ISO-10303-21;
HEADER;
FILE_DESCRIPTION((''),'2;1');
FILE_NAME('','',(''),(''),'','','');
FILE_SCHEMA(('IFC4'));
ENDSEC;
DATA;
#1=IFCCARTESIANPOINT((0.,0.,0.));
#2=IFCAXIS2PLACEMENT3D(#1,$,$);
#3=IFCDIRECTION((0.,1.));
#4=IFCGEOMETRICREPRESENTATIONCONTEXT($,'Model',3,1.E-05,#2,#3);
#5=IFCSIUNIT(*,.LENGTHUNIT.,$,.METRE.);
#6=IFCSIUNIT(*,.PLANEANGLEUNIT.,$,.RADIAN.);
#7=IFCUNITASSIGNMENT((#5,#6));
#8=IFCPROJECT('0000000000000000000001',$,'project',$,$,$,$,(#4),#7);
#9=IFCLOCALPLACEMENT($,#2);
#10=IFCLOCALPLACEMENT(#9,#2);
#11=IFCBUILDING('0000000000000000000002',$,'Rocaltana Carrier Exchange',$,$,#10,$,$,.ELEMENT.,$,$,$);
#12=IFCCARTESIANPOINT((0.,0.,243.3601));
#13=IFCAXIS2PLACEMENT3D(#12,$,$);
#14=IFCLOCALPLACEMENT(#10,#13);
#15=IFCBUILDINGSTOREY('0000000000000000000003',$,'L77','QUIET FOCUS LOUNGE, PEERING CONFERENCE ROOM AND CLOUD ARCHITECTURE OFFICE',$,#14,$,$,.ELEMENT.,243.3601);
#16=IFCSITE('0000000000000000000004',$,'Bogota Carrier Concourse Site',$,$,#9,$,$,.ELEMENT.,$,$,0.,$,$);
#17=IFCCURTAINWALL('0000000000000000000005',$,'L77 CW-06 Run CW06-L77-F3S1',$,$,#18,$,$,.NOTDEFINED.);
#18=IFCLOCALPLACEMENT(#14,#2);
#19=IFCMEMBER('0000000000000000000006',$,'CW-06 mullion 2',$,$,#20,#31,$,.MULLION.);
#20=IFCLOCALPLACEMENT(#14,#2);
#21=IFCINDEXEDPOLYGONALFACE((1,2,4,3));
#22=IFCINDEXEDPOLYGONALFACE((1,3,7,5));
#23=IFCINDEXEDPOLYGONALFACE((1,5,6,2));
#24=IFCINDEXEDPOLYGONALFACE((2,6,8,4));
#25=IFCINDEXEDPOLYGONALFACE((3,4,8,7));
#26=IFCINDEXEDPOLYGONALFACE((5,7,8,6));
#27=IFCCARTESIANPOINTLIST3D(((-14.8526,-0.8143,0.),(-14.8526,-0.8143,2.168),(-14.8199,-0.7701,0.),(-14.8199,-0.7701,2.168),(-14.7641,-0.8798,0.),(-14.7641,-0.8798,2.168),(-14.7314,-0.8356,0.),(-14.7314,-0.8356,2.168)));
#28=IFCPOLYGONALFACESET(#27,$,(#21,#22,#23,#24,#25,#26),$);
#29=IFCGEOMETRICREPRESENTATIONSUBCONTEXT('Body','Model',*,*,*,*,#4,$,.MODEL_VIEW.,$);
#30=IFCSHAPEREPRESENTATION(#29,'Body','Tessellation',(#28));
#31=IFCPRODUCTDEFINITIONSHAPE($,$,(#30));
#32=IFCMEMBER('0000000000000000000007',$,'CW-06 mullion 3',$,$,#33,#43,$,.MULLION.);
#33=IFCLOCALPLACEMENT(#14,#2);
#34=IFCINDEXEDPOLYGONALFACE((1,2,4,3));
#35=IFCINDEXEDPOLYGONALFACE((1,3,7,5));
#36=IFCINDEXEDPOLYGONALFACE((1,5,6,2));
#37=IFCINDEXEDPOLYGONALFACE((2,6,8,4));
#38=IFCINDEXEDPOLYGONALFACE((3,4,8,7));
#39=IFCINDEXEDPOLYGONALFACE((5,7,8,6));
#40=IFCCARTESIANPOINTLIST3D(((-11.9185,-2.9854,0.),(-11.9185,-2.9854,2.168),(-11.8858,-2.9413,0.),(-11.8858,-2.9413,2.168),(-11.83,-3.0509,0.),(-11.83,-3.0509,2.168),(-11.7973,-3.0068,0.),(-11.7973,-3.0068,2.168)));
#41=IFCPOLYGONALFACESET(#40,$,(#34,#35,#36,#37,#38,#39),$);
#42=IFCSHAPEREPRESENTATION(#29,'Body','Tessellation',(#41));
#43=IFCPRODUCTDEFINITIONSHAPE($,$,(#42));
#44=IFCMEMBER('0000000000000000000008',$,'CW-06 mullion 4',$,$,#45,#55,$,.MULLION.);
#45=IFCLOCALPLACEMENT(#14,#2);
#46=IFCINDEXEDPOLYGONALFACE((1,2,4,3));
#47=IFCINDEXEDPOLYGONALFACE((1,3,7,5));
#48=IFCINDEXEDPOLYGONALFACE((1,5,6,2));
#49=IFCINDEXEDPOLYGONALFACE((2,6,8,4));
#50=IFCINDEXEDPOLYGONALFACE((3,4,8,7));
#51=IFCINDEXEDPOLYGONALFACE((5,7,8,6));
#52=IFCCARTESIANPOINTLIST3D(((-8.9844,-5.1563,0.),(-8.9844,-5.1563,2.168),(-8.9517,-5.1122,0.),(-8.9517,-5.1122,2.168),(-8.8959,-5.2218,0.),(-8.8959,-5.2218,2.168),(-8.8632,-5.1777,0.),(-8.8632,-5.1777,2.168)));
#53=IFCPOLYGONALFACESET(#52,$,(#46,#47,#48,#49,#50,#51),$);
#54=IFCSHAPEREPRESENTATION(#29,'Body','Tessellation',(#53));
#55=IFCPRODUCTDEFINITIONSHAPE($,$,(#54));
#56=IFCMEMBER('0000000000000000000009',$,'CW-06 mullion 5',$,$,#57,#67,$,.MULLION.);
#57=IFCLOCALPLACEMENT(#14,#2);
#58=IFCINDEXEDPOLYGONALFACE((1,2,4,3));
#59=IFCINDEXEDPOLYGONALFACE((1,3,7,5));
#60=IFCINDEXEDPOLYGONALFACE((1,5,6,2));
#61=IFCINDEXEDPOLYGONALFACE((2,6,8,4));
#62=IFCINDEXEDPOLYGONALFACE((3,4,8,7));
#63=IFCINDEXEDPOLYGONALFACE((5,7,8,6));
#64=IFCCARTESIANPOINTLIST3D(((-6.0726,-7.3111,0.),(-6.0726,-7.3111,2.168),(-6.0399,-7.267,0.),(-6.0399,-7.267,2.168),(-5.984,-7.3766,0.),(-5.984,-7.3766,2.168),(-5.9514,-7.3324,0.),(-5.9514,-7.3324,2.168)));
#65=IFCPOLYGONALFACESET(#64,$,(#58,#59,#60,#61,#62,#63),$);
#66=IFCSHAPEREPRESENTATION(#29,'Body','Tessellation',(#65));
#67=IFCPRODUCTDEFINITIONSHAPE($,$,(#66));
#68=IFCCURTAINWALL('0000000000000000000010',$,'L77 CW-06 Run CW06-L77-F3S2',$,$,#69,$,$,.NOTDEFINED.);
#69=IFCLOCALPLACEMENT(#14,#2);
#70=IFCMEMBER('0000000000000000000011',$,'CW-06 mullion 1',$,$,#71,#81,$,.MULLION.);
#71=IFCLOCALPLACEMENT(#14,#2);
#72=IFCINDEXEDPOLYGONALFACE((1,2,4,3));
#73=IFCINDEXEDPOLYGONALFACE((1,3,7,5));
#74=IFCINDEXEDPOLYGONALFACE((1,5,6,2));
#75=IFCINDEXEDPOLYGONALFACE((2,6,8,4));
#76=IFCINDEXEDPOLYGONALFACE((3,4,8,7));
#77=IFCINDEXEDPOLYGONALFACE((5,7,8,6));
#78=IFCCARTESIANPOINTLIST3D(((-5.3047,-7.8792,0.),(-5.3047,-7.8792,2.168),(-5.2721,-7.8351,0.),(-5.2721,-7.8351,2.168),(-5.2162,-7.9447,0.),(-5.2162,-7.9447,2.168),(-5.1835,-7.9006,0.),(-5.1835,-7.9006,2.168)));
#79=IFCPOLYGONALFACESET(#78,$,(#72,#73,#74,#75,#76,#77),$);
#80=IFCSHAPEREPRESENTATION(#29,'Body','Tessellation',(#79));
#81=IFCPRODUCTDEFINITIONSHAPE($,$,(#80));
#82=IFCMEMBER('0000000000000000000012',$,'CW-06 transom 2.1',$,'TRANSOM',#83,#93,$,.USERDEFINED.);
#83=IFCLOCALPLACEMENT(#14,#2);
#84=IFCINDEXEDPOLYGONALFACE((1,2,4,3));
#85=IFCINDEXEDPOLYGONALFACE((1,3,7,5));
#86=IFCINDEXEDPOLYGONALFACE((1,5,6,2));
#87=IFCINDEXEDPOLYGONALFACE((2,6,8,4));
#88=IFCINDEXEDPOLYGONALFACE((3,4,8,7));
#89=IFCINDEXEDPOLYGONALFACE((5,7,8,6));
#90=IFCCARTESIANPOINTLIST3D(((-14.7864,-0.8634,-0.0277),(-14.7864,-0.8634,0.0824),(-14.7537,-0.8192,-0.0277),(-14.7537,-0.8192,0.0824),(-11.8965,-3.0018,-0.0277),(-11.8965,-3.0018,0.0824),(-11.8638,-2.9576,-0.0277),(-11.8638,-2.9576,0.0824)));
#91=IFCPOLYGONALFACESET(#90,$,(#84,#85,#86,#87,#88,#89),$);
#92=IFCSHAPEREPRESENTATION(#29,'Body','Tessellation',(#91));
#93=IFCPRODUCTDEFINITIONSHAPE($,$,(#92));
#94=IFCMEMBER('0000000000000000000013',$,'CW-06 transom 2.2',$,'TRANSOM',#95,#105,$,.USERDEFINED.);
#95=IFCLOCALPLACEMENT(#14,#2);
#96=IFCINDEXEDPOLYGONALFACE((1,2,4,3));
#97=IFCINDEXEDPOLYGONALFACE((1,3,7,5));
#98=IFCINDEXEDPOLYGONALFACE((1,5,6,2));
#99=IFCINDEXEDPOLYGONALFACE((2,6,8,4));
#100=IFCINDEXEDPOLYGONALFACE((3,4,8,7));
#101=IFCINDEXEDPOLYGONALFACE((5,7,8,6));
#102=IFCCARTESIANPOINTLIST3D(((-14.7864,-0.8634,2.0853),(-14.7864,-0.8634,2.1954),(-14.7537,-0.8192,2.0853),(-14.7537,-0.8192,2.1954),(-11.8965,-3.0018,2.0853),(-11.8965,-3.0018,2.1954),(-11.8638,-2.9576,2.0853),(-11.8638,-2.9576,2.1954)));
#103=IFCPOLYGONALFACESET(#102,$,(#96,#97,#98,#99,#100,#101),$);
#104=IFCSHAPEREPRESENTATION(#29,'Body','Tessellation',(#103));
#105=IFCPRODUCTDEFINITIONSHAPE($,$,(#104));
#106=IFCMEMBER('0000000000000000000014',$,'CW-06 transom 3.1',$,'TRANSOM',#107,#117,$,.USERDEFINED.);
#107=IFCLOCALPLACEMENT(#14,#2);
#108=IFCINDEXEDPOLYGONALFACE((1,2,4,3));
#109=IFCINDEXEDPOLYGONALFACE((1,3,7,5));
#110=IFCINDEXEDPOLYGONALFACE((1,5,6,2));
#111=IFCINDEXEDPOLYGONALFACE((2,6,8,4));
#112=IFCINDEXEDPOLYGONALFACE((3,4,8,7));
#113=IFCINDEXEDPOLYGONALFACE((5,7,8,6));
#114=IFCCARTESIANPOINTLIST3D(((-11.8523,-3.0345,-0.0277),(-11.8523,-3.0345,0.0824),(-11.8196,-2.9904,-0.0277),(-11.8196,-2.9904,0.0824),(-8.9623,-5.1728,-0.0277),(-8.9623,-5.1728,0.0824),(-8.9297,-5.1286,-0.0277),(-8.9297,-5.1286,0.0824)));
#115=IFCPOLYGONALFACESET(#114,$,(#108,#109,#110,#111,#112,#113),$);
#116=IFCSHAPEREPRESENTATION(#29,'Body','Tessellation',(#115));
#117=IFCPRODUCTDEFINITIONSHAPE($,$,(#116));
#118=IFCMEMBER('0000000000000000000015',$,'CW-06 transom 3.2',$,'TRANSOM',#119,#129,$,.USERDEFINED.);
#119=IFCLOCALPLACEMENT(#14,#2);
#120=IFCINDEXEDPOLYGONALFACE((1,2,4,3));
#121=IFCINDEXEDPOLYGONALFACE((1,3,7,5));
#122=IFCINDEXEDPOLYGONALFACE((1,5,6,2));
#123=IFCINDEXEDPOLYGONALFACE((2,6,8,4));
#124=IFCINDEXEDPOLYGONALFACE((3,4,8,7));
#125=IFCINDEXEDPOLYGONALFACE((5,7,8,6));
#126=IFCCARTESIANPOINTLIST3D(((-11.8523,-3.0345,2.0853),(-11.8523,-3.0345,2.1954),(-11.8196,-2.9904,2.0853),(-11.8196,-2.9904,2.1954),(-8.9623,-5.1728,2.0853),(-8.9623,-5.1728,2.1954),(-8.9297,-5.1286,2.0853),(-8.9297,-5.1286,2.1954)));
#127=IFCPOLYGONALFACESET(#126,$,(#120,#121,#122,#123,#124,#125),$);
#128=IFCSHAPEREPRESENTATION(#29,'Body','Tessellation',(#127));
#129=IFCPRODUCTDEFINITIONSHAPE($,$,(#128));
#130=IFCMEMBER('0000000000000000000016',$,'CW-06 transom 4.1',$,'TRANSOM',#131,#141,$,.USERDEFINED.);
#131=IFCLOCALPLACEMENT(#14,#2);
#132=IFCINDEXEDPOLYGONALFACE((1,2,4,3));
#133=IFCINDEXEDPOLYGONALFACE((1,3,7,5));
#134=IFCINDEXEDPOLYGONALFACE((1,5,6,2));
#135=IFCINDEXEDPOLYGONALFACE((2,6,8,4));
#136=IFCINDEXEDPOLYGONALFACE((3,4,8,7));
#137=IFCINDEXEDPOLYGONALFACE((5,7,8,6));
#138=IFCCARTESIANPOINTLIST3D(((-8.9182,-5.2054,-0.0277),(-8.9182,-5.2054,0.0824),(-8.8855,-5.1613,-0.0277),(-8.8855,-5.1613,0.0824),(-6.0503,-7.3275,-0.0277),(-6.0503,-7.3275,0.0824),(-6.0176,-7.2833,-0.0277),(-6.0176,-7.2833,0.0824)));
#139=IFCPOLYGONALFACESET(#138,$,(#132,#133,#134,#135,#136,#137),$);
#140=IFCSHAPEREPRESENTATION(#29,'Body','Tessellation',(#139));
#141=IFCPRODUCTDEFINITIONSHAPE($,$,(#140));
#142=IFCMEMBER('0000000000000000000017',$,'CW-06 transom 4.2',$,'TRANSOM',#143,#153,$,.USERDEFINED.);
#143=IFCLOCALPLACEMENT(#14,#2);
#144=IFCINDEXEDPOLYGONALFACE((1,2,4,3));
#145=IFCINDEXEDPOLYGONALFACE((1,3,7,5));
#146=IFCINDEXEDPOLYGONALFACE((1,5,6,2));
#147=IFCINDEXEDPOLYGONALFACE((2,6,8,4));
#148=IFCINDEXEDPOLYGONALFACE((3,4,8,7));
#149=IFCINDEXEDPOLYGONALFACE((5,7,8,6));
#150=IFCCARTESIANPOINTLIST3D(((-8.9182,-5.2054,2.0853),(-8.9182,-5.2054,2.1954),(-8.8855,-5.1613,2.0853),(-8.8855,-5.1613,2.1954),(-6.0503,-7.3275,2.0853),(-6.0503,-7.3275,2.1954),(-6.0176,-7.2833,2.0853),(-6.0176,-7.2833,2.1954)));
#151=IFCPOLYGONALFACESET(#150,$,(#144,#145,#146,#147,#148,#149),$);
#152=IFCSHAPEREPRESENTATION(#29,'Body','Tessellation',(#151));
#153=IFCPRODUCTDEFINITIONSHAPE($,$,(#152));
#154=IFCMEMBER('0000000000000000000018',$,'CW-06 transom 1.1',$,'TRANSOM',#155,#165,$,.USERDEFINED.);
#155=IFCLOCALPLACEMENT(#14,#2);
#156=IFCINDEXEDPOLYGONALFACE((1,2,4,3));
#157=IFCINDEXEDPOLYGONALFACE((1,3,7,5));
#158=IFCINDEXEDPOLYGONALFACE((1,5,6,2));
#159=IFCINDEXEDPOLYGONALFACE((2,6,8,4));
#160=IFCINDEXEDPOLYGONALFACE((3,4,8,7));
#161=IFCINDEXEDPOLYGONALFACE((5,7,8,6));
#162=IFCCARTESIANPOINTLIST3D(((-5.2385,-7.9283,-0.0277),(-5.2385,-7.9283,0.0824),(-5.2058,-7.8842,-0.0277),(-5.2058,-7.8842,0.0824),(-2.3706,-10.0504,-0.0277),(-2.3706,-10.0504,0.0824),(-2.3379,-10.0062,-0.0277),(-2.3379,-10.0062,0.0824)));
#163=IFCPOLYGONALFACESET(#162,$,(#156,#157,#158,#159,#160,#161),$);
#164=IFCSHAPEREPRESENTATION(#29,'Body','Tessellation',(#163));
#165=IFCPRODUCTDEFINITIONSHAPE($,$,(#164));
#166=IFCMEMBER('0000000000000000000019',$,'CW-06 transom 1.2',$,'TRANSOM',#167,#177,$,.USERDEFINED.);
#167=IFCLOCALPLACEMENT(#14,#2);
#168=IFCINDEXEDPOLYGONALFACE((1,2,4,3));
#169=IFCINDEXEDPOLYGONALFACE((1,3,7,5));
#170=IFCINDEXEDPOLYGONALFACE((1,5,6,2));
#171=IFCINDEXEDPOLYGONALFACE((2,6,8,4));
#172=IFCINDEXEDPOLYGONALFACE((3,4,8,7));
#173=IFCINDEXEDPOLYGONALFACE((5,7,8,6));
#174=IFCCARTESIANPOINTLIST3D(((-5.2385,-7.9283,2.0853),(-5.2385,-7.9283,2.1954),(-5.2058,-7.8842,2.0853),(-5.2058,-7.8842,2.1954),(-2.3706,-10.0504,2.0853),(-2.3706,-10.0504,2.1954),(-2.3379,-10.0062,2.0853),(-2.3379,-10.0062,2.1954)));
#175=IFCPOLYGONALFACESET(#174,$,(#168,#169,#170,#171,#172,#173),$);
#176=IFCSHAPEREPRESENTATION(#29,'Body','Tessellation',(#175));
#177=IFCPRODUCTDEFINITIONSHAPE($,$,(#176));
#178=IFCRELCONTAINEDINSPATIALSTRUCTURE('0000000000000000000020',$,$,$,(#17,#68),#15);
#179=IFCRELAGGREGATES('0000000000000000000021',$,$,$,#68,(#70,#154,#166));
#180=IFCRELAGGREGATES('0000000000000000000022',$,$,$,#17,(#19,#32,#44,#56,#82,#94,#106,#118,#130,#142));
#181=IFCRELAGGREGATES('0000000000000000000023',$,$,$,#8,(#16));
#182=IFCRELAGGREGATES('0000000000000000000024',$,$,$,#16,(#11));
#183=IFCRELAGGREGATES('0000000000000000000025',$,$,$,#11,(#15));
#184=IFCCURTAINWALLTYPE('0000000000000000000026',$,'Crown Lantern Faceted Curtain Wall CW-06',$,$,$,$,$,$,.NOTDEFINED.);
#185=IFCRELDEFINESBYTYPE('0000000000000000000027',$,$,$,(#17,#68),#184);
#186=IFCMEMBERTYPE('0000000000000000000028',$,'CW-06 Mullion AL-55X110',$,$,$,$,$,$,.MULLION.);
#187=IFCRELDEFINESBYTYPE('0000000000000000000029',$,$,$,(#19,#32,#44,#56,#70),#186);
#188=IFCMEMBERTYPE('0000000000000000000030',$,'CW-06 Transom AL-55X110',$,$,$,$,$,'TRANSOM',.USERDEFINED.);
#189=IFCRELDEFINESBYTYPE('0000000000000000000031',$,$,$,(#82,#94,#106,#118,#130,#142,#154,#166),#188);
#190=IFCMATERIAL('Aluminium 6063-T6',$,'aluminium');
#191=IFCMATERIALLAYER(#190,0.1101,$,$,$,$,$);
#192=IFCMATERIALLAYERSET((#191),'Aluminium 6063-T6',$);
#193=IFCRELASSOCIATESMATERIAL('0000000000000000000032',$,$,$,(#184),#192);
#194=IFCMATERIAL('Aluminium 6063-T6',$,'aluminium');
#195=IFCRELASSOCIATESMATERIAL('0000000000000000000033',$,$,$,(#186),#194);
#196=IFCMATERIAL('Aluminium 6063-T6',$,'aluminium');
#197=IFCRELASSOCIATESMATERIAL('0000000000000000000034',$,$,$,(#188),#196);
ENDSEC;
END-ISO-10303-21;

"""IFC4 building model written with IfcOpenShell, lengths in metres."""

from ifc_helpers import new_model, si_unit, direction, frame, origin, origin_2d, place, context, subcontext, project, spatial, rectangle, extrude, material, layer, layer_set, material_profile, profile_set, type_object, element, aggregate, save


model = new_model("IFC4")

# Units and contexts
model_context = context("Model", 3, precision=1e-05, world=origin(), true_north=direction((0.0, 1.0)))
body_context = subcontext(model_context, "Body", "Model", "MODEL_VIEW")
ifc_project = project(units=[si_unit("LENGTHUNIT", "METRE"), si_unit("PLANEANGLEUNIT", "RADIAN")], contexts=[model_context])

# Site, building, storey
site_placement = place(None, origin())
site = spatial("IfcSite", under=ifc_project, at=site_placement, Name="Bogota Carrier Concourse Site", CompositionType="ELEMENT", RefElevation=0.0)
building_placement = place(site_placement, origin())
building = spatial("IfcBuilding", under=site, at=building_placement, Name="Rocaltana Carrier Exchange", CompositionType="ELEMENT")
storey_placement = place(building_placement, frame((0.0, 0.0, 243.3601)))
storey = spatial("IfcBuildingStorey", under=building, at=storey_placement, Name="L77", Description="QUIET FOCUS LOUNGE, PEERING CONFERENCE ROOM AND CLOUD ARCHITECTURE OFFICE", CompositionType="ELEMENT", Elevation=243.3601)

# Curtain wall, members
ifc_material_1 = material(Name="Aluminium 6063-T6", Category="aluminium")
ifc_layer_1 = layer(ifc_material_1, 0.1101)
ifc_layer_set_1 = layer_set([ifc_layer_1], Name="Aluminium 6063-T6")
curtain_wall_type = type_object("IfcCurtainWallType", Name="Crown Lantern Faceted Curtain Wall CW-06", PredefinedType="NOTDEFINED", material=ifc_layer_set_1)
curtain_wall_1_placement = place(storey_placement, origin())
curtain_wall_1 = element("IfcCurtainWall", 1, at=curtain_wall_1_placement, inside=storey, type_object=curtain_wall_type, Name="L77 CW-06 Run CW06-L77-F3S1", PredefinedType="NOTDEFINED")
ifc_material_2 = material(Name="Aluminium 6063-T6", Category="aluminium")
ifc_material_profile_1 = material_profile(ifc_material_2, rectangle(XDim=0.0549, YDim=0.1101, at=origin_2d()), Name="AL-55X110")
ifc_profile_set_1 = profile_set([ifc_material_profile_1], Name="Aluminium 6063-T6")
member_type_1 = type_object("IfcMemberType", Name="CW-06 Mullion AL-55X110", PredefinedType="MULLION", material=ifc_profile_set_1)
member_1_placement = place(storey_placement, frame((-14.792, -0.825, 0.0), z_axis=(0.0, 0.0, 1.0), x_axis=(0.594823, 0.803857, 0.0)))
member_1 = element("IfcMember", 2, at=member_1_placement, type_object=member_type_1, Name="CW-06 mullion 2", PredefinedType="MULLION", context=body_context, shape_type="SweptSolid", body=[
    extrude(rectangle(XDim=0.0549, YDim=0.1101, at=origin_2d()), origin(), (0.0, 0.0, 1.0), 2.168),
])
member_2_placement = place(storey_placement, frame((-11.8579, -2.9961, 0.0), z_axis=(0.0, 0.0, 1.0), x_axis=(0.594823, 0.803857, 0.0)))
member_2 = element("IfcMember", 3, at=member_2_placement, type_object=member_type_1, Name="CW-06 mullion 3", PredefinedType="MULLION", context=body_context, shape_type="SweptSolid", body=[
    extrude(rectangle(XDim=0.0549, YDim=0.1101, at=origin_2d()), origin(), (0.0, 0.0, 1.0), 2.168),
])
member_3_placement = place(storey_placement, frame((-8.9238, -5.167, 0.0), z_axis=(0.0, 0.0, 1.0), x_axis=(0.594823, 0.803857, 0.0)))
member_3 = element("IfcMember", 4, at=member_3_placement, type_object=member_type_1, Name="CW-06 mullion 4", PredefinedType="MULLION", context=body_context, shape_type="SweptSolid", body=[
    extrude(rectangle(XDim=0.0549, YDim=0.1101, at=origin_2d()), origin(), (0.0, 0.0, 1.0), 2.168),
])
member_4_placement = place(storey_placement, frame((-6.012, -7.3218, 0.0), z_axis=(0.0, 0.0, 1.0), x_axis=(0.594823, 0.803857, 0.0)))
member_4 = element("IfcMember", 5, at=member_4_placement, type_object=member_type_1, Name="CW-06 mullion 5", PredefinedType="MULLION", context=body_context, shape_type="SweptSolid", body=[
    extrude(rectangle(XDim=0.0549, YDim=0.1101, at=origin_2d()), origin(), (0.0, 0.0, 1.0), 2.168),
])

# Curtain wall, member
curtain_wall_2_placement = place(storey_placement, origin())
curtain_wall_2 = element("IfcCurtainWall", 6, at=curtain_wall_2_placement, inside=storey, type_object=curtain_wall_type, Name="L77 CW-06 Run CW06-L77-F3S2", PredefinedType="NOTDEFINED")
member_5_placement = place(storey_placement, frame((-5.2441, -7.8899, 0.0), z_axis=(0.0, 0.0, 1.0), x_axis=(0.594823, 0.803857, 0.0)))
member_5 = element("IfcMember", 7, at=member_5_placement, type_object=member_type_1, Name="CW-06 mullion 1", PredefinedType="MULLION", context=body_context, shape_type="SweptSolid", body=[
    extrude(rectangle(XDim=0.0549, YDim=0.1101, at=origin_2d()), origin(), (0.0, 0.0, 1.0), 2.168),
])

# Members
ifc_material_3 = material(Name="Aluminium 6063-T6", Category="aluminium")
ifc_material_profile_2 = material_profile(ifc_material_3, rectangle(XDim=0.0549, YDim=0.1101, at=origin_2d()), Name="AL-55X110")
ifc_profile_set_2 = profile_set([ifc_material_profile_2], Name="Aluminium 6063-T6")
member_type_2 = type_object("IfcMemberType", Name="CW-06 Transom AL-55X110", ElementType="TRANSOM", PredefinedType="USERDEFINED", material=ifc_profile_set_2)
member_6_placement = place(storey_placement, frame((-14.77, -0.8413, 0.0273), z_axis=(0.803854, -0.594826, 0.0), x_axis=(0.594826, 0.803854, 0.0)))
member_6 = element("IfcMember", 8, at=member_6_placement, type_object=member_type_2, Name="CW-06 transom 2.1", ObjectType="TRANSOM", PredefinedType="USERDEFINED", context=body_context, shape_type="SweptSolid", body=[
    extrude(rectangle(XDim=0.0549, YDim=0.1101, at=origin_2d()), origin(), (0.0, 0.0, 1.0), 3.595),
])
member_7_placement = place(storey_placement, frame((-14.77, -0.8413, 2.1404), z_axis=(0.803854, -0.594826, 0.0), x_axis=(0.594826, 0.803854, 0.0)))
member_7 = element("IfcMember", 9, at=member_7_placement, type_object=member_type_2, Name="CW-06 transom 2.2", ObjectType="TRANSOM", PredefinedType="USERDEFINED", context=body_context, shape_type="SweptSolid", body=[
    extrude(rectangle(XDim=0.0549, YDim=0.1101, at=origin_2d()), origin(), (0.0, 0.0, 1.0), 3.595),
])
member_8_placement = place(storey_placement, frame((-11.8359, -3.0125, 0.0273), z_axis=(0.803887, -0.594782, 0.0), x_axis=(0.594782, 0.803887, 0.0)))
member_8 = element("IfcMember", 10, at=member_8_placement, type_object=member_type_2, Name="CW-06 transom 3.1", ObjectType="TRANSOM", PredefinedType="USERDEFINED", context=body_context, shape_type="SweptSolid", body=[
    extrude(rectangle(XDim=0.0549, YDim=0.1101, at=origin_2d()), origin(), (0.0, 0.0, 1.0), 3.595),
])
member_9_placement = place(storey_placement, frame((-11.8359, -3.0125, 2.1404), z_axis=(0.803887, -0.594782, 0.0), x_axis=(0.594782, 0.803887, 0.0)))
member_9 = element("IfcMember", 11, at=member_9_placement, type_object=member_type_2, Name="CW-06 transom 3.2", ObjectType="TRANSOM", PredefinedType="USERDEFINED", context=body_context, shape_type="SweptSolid", body=[
    extrude(rectangle(XDim=0.0549, YDim=0.1101, at=origin_2d()), origin(), (0.0, 0.0, 1.0), 3.595),
])
member_10_placement = place(storey_placement, frame((-8.9019, -5.1833, 0.0273), z_axis=(0.803867, -0.594809, 0.0), x_axis=(0.594809, 0.803867, 0.0)))
member_10 = element("IfcMember", 12, at=member_10_placement, type_object=member_type_2, Name="CW-06 transom 4.1", ObjectType="TRANSOM", PredefinedType="USERDEFINED", context=body_context, shape_type="SweptSolid", body=[
    extrude(rectangle(XDim=0.0549, YDim=0.1101, at=origin_2d()), origin(), (0.0, 0.0, 1.0), 3.5676),
])
member_11_placement = place(storey_placement, frame((-8.9019, -5.1833, 2.1404), z_axis=(0.803867, -0.594809, 0.0), x_axis=(0.594809, 0.803867, 0.0)))
member_11 = element("IfcMember", 13, at=member_11_placement, type_object=member_type_2, Name="CW-06 transom 4.2", ObjectType="TRANSOM", PredefinedType="USERDEFINED", context=body_context, shape_type="SweptSolid", body=[
    extrude(rectangle(XDim=0.0549, YDim=0.1101, at=origin_2d()), origin(), (0.0, 0.0, 1.0), 3.5676),
])
member_12_placement = place(storey_placement, frame((-5.2222, -7.9062, 0.0273), z_axis=(0.803867, -0.594809, 0.0), x_axis=(0.594809, 0.803867, 0.0)))
member_12 = element("IfcMember", 14, at=member_12_placement, type_object=member_type_2, Name="CW-06 transom 1.1", ObjectType="TRANSOM", PredefinedType="USERDEFINED", context=body_context, shape_type="SweptSolid", body=[
    extrude(rectangle(XDim=0.0549, YDim=0.1101, at=origin_2d()), origin(), (0.0, 0.0, 1.0), 3.5676),
])
member_13_placement = place(storey_placement, frame((-5.2222, -7.9062, 2.1404), z_axis=(0.803867, -0.594809, 0.0), x_axis=(0.594809, 0.803867, 0.0)))
member_13 = element("IfcMember", 15, at=member_13_placement, type_object=member_type_2, Name="CW-06 transom 1.2", ObjectType="TRANSOM", PredefinedType="USERDEFINED", context=body_context, shape_type="SweptSolid", body=[
    extrude(rectangle(XDim=0.0549, YDim=0.1101, at=origin_2d()), origin(), (0.0, 0.0, 1.0), 3.5676),
])
aggregate(curtain_wall_2, [member_5, member_12, member_13])

aggregate(curtain_wall_1, [member_1, member_2, member_3, member_4, member_6, member_7, member_8, member_9, member_10, member_11])

save(model, "model.ifc")
